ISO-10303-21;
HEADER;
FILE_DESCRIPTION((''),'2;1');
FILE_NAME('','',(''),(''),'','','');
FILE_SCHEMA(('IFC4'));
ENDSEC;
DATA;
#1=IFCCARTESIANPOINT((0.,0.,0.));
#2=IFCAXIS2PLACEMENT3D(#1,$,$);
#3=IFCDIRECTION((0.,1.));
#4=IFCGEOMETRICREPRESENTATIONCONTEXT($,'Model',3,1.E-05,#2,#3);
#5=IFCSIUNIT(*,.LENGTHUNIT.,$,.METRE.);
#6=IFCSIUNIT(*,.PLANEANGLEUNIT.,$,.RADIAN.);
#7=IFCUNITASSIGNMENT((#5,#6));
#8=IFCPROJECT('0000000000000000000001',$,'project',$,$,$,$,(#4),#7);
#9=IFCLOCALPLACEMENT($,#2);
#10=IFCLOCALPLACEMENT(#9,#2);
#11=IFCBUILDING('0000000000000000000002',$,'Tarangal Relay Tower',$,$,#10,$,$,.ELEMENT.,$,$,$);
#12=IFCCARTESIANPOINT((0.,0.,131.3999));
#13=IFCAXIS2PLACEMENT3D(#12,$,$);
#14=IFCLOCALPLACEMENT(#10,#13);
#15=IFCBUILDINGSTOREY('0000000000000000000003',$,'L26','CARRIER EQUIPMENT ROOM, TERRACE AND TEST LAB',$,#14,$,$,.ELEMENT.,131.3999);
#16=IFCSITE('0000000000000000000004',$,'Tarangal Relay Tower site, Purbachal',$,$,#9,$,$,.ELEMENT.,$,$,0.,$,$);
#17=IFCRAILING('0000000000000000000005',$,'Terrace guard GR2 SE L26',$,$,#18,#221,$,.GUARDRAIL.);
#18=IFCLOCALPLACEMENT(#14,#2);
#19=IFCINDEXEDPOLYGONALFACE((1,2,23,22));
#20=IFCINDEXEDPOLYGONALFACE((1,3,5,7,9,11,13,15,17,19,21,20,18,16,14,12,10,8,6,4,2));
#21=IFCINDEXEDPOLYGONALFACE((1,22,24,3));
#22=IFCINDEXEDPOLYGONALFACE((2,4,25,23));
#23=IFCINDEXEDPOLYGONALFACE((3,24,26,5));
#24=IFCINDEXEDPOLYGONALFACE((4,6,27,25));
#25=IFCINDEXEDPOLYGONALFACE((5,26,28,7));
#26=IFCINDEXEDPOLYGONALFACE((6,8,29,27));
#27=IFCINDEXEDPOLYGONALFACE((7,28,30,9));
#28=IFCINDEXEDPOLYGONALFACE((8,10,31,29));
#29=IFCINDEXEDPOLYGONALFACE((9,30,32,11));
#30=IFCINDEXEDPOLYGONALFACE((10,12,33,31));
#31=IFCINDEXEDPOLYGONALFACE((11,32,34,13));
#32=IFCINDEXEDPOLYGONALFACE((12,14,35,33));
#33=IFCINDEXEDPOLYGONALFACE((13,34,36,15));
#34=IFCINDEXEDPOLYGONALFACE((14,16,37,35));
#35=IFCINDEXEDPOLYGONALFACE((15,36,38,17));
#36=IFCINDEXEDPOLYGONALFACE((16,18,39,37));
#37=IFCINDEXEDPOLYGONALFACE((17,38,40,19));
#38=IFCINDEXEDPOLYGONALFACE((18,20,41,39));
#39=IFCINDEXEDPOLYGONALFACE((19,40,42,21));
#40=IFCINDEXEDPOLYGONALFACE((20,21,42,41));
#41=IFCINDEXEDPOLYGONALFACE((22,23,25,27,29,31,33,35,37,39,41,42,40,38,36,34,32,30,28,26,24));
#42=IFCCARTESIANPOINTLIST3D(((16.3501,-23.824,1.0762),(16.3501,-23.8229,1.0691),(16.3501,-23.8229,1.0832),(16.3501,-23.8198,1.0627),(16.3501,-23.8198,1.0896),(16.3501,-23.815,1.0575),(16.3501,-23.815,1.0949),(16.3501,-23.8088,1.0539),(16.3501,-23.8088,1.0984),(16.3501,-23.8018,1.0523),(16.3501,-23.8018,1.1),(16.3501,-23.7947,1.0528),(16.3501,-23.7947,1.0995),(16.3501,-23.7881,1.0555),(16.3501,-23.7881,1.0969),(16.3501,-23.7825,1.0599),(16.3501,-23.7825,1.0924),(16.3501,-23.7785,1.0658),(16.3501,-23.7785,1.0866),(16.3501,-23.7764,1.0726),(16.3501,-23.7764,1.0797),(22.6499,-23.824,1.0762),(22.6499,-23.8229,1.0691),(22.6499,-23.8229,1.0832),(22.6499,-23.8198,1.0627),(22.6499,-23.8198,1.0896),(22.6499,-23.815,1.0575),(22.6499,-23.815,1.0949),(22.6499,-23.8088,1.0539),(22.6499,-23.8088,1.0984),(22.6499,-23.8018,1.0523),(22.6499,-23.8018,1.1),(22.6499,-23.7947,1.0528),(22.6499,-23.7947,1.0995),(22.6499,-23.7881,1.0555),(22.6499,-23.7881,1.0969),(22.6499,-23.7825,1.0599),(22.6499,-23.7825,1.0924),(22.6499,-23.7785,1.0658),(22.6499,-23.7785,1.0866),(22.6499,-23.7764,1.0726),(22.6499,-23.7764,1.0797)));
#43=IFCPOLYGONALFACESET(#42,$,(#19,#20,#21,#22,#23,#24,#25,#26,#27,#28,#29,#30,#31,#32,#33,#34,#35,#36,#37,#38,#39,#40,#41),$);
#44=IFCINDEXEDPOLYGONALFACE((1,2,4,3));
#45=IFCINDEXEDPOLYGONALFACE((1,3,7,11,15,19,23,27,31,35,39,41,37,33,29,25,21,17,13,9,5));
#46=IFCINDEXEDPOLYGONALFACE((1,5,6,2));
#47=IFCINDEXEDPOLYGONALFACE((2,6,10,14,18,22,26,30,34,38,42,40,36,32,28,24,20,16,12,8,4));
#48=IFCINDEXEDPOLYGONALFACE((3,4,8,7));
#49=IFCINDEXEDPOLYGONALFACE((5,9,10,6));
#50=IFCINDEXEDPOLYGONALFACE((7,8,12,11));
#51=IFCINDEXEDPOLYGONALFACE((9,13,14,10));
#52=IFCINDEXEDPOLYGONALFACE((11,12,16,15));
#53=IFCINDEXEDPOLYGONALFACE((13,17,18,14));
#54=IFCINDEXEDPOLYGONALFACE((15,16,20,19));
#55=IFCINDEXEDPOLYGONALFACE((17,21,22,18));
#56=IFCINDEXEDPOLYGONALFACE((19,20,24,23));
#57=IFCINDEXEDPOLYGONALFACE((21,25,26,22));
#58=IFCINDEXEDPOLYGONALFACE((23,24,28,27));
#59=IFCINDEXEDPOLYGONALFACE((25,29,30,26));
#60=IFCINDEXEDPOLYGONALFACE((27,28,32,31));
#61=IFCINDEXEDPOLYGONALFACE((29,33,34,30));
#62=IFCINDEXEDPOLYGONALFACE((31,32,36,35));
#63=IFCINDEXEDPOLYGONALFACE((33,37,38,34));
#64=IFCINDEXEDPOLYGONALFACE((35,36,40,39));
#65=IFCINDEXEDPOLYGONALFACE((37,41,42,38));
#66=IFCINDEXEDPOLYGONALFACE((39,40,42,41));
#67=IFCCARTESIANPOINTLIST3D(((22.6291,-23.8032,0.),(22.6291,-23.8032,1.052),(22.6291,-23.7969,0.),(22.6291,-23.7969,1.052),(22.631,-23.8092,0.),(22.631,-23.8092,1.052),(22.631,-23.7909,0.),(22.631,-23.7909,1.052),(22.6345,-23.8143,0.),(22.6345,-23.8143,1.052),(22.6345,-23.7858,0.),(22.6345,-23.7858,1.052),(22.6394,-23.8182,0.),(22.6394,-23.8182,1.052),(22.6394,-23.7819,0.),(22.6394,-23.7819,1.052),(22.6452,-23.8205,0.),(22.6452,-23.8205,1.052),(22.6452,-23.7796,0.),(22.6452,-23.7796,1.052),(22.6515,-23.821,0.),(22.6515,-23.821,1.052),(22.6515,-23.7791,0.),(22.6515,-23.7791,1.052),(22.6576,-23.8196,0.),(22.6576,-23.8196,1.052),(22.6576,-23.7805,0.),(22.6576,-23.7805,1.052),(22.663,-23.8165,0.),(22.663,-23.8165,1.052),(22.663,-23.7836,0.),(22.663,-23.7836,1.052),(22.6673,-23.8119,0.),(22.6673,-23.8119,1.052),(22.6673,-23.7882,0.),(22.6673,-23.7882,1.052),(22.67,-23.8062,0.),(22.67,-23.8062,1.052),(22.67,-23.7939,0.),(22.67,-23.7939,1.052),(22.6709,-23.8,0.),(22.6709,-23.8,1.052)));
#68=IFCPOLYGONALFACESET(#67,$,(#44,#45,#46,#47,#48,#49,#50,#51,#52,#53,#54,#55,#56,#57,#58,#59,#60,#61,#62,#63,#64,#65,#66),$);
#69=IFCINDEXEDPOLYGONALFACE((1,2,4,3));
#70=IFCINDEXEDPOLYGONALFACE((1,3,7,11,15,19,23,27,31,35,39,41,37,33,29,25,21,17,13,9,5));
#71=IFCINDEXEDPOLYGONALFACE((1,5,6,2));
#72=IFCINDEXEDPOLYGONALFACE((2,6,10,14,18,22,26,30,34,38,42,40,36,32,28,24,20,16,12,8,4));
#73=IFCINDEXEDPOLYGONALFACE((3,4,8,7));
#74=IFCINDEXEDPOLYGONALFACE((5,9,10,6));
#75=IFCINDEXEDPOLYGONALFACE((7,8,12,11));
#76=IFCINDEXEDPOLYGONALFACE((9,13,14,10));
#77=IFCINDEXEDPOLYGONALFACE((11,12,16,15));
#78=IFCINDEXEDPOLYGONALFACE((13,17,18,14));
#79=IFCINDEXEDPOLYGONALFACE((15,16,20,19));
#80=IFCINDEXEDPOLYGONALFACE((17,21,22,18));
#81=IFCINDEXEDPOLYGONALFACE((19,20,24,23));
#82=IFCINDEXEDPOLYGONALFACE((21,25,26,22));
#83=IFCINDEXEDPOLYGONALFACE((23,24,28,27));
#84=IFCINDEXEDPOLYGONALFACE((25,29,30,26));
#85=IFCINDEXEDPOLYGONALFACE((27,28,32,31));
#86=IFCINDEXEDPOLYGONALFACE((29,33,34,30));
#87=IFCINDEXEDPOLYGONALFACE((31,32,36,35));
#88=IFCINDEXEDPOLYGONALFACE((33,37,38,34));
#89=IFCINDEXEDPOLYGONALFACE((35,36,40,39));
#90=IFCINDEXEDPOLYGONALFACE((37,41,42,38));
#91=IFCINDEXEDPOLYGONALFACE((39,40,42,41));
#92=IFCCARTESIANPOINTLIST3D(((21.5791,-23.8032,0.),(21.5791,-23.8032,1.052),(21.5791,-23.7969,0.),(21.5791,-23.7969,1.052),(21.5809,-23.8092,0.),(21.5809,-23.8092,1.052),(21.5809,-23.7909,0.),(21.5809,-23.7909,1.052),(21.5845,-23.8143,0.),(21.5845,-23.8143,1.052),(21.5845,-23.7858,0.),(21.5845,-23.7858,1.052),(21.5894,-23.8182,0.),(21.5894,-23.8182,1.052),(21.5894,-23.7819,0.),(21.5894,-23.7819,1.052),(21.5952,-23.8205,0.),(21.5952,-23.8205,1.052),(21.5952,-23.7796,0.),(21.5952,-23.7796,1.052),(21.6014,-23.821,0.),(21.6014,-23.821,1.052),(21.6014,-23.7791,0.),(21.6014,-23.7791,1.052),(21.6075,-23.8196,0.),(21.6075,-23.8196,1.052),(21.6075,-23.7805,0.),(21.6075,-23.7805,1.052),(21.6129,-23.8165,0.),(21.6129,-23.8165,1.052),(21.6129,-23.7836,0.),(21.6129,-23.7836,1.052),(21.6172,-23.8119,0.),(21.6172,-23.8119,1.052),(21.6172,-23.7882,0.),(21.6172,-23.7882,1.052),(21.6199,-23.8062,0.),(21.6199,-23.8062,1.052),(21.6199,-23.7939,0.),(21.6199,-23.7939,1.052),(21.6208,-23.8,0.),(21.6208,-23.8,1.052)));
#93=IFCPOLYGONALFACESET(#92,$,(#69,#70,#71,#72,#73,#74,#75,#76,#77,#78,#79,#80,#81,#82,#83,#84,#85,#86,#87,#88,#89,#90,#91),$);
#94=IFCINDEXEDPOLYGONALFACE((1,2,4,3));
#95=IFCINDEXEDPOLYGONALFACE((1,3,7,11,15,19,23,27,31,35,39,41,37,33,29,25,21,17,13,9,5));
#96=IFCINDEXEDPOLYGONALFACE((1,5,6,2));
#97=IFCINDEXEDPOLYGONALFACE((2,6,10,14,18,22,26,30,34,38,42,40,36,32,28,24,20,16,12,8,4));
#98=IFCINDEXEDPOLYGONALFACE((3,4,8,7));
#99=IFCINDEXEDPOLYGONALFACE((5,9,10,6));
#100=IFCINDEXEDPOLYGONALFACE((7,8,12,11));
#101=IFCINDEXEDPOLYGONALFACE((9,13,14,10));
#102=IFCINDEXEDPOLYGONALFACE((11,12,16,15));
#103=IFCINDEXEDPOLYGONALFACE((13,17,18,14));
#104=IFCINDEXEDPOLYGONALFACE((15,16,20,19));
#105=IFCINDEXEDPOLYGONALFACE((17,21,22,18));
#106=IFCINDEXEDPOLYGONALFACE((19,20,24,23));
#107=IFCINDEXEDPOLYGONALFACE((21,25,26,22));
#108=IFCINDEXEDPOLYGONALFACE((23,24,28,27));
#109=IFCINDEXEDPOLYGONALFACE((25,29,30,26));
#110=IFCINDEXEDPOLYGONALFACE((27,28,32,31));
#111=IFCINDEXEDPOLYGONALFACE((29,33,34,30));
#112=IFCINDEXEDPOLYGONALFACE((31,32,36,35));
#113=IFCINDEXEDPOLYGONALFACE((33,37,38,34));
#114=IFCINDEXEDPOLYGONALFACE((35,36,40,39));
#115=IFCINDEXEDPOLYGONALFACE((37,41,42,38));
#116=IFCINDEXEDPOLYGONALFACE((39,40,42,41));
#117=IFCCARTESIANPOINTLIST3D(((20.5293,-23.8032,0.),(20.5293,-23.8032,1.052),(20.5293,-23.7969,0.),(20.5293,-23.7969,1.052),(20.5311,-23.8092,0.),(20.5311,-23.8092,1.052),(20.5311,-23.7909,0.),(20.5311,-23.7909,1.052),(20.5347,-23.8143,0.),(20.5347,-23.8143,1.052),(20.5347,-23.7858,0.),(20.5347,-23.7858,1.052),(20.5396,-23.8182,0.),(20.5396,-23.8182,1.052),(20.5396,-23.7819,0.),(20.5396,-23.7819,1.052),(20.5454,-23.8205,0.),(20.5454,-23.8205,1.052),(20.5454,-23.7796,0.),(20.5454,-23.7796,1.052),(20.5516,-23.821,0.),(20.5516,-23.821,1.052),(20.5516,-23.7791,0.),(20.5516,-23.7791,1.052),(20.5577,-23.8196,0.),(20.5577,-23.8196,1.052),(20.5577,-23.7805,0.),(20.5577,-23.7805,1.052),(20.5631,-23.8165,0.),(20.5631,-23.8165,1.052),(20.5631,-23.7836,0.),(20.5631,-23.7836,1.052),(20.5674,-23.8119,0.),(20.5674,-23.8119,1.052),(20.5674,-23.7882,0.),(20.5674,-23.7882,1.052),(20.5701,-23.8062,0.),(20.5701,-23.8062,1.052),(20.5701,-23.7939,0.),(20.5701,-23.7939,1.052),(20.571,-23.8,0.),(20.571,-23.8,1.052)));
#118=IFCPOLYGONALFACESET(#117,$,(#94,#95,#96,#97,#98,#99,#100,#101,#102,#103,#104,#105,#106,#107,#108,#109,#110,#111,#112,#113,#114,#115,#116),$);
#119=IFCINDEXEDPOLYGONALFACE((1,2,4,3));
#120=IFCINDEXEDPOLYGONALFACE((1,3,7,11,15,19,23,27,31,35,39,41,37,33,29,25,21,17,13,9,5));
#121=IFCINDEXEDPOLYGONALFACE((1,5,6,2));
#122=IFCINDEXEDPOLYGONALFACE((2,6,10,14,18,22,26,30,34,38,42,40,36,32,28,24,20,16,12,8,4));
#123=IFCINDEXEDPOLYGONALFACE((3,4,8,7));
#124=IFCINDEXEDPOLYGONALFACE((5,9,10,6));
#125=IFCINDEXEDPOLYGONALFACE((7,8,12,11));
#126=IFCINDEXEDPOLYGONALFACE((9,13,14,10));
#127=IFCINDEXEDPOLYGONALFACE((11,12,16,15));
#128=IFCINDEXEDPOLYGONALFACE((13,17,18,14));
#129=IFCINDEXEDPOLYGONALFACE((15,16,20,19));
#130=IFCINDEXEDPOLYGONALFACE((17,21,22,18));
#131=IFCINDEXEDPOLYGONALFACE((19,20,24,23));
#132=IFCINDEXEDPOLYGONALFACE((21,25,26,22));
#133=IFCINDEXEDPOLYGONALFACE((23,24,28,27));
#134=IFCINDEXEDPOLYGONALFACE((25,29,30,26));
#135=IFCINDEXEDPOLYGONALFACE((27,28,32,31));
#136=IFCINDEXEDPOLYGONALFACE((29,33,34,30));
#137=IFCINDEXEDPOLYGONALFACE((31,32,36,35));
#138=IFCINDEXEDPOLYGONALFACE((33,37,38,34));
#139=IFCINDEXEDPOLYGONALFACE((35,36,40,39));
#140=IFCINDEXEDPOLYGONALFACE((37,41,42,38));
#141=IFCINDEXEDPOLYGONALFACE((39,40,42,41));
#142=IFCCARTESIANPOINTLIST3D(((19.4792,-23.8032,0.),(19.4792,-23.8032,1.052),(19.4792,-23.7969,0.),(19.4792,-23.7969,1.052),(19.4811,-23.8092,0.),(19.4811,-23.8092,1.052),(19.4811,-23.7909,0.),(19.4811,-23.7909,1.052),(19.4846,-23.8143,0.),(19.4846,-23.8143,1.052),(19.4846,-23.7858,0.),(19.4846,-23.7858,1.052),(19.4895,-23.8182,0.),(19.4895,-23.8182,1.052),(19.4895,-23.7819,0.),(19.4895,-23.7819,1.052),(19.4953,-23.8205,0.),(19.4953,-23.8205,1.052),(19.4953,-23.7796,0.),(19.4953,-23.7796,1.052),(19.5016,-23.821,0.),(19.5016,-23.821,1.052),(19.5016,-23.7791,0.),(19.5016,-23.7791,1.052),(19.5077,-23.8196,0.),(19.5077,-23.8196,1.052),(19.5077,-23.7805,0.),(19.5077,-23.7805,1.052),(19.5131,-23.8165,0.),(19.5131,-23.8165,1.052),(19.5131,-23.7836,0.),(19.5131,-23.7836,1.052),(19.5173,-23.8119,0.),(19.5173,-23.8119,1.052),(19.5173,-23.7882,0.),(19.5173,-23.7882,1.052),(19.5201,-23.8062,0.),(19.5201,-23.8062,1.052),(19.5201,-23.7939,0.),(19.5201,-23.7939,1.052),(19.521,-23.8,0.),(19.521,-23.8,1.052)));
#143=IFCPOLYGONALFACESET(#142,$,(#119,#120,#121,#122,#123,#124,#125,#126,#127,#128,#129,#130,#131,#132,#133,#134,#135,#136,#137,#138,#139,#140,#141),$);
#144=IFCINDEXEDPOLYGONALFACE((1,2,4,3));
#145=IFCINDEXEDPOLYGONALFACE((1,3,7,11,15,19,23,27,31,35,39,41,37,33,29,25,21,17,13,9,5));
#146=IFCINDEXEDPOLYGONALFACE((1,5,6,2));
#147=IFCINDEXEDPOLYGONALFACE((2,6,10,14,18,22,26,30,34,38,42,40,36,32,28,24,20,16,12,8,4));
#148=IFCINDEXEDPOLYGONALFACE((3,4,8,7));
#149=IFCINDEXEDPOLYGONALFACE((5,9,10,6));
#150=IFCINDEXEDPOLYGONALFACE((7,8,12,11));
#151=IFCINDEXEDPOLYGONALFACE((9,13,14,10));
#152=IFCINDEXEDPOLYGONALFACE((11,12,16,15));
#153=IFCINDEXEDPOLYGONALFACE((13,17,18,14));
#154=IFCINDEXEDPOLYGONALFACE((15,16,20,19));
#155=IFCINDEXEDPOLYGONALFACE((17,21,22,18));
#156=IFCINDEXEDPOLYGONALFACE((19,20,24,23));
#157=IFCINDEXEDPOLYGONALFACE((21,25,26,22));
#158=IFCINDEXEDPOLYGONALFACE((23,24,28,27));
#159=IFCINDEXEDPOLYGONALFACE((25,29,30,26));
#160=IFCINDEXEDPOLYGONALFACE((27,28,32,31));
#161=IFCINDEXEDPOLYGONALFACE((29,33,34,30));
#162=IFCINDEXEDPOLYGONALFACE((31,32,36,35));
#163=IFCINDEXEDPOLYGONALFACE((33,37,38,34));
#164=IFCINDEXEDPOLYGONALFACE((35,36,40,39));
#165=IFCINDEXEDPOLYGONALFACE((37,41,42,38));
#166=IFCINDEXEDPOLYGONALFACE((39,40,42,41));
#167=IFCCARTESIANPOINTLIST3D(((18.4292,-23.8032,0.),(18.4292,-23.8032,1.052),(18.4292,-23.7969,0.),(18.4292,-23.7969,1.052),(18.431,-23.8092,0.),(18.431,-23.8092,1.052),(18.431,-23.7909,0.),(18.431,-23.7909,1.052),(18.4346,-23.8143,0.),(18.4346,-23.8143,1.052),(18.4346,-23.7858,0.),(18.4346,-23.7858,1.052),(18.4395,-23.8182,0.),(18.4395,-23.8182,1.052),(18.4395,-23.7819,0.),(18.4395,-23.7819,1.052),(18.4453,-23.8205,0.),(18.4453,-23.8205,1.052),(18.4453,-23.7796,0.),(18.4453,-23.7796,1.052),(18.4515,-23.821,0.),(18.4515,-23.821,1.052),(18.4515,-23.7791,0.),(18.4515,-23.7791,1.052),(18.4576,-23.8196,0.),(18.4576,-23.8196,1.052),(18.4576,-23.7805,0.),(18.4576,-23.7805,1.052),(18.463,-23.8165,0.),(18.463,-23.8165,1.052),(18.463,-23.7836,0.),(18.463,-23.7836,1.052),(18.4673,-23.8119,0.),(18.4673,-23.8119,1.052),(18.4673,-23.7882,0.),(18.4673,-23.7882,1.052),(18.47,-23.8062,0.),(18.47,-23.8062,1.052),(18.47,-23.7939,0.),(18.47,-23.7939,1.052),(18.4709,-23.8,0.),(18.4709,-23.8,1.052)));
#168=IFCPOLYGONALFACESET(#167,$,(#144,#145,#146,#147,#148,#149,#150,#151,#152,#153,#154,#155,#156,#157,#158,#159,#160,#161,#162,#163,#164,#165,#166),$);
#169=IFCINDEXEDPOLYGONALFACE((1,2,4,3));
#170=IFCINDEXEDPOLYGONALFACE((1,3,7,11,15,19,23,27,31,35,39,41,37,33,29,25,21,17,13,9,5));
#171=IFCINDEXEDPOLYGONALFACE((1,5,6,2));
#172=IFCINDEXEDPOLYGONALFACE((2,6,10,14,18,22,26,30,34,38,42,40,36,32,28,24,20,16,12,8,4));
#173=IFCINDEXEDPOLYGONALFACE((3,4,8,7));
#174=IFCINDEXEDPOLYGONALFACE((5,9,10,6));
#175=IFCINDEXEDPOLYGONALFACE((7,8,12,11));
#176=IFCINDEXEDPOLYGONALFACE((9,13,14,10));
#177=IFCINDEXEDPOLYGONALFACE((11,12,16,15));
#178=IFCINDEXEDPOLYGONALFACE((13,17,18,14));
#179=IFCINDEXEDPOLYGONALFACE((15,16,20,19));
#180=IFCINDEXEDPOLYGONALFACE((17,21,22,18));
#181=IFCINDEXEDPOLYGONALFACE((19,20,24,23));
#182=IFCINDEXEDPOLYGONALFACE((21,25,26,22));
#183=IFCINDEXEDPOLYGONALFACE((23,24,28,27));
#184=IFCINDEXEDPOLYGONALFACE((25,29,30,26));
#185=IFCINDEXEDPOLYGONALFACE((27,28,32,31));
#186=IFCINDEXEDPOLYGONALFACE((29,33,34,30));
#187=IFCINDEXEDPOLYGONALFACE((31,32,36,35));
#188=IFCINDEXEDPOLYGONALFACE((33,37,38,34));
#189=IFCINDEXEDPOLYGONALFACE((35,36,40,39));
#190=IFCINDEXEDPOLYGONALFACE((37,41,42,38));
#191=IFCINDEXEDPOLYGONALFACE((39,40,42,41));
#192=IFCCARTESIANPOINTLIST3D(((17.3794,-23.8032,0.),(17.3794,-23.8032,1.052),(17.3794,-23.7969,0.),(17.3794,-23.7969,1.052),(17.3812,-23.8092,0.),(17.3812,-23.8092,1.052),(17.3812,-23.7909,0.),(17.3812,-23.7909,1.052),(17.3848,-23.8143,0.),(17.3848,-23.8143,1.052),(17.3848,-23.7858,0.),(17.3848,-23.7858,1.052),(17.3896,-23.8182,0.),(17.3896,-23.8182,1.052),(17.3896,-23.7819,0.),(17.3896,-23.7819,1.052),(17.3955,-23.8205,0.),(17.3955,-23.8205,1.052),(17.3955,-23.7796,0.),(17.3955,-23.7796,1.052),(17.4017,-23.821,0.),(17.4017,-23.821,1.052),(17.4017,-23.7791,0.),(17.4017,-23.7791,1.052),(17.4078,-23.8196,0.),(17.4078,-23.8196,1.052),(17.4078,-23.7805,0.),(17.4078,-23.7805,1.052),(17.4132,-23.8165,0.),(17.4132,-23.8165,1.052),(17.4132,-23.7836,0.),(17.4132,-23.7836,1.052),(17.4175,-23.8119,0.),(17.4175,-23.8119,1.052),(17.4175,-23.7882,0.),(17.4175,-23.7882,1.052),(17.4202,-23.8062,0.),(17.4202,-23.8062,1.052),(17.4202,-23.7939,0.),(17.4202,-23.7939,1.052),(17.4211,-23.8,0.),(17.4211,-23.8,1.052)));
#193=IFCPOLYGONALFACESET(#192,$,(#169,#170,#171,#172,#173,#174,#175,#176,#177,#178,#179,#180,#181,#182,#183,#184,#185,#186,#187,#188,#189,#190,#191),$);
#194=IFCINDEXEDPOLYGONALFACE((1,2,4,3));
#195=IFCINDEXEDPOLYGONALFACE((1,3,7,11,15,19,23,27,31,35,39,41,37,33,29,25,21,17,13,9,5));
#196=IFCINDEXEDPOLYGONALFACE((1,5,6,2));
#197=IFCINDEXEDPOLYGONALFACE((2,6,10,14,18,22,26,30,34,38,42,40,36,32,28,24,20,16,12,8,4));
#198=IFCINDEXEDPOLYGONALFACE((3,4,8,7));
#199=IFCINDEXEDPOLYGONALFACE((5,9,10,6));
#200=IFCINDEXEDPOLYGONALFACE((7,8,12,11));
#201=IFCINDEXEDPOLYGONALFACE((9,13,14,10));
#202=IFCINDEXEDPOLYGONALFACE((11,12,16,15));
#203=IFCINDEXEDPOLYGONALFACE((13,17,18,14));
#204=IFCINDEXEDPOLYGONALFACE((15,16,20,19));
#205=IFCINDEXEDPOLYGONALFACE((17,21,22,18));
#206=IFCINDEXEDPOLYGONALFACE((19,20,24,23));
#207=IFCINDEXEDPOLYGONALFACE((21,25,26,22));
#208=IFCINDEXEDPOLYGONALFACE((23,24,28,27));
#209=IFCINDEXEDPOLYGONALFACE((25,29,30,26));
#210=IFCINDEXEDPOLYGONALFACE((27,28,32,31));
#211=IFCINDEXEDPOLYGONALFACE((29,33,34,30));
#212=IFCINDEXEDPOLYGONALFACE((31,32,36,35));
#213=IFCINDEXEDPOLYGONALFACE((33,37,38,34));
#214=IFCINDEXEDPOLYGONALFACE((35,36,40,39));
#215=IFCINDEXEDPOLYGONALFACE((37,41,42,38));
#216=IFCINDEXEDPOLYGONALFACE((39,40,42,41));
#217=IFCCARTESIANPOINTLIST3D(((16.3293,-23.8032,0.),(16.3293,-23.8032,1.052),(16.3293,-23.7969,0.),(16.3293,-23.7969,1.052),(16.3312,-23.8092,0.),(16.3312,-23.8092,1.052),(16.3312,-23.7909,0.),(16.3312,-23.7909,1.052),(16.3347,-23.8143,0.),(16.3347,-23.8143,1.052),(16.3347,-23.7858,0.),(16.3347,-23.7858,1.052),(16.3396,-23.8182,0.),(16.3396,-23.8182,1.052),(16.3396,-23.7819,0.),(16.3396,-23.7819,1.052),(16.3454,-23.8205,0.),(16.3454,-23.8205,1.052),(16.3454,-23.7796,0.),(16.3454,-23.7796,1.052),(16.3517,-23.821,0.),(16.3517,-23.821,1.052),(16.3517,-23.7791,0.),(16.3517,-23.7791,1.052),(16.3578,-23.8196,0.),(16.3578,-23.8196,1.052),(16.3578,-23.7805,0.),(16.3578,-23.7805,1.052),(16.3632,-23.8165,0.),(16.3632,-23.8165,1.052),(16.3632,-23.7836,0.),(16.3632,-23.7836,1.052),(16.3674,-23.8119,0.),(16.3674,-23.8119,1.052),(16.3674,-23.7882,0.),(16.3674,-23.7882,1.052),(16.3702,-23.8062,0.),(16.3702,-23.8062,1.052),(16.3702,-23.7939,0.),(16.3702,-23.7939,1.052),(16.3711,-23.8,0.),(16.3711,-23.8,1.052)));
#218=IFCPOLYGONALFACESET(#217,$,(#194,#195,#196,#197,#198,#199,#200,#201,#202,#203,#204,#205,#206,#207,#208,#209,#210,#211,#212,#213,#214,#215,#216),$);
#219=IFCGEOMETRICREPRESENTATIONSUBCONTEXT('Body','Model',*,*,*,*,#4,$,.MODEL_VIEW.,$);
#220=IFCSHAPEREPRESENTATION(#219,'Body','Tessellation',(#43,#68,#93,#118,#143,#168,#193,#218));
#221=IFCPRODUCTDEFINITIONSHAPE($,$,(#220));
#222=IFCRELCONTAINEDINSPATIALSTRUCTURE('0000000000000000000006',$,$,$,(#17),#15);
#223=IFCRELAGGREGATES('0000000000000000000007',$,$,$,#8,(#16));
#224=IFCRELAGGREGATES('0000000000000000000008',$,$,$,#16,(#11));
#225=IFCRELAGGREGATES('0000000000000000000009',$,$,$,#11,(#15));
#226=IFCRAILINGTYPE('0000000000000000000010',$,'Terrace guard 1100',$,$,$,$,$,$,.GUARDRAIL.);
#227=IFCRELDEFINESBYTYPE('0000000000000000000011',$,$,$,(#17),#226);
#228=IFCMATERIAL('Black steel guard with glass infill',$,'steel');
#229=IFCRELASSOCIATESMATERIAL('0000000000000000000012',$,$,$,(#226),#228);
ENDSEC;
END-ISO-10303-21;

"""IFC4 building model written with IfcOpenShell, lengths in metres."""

from ifc_helpers import new_model, si_unit, direction, frame, origin, origin_2d, place, context, subcontext, project, spatial, circle, extrude, material, type_object, element, save


model = new_model("IFC4")

# Units and contexts
model_context = context("Model", 3, precision=1e-05, world=origin(), true_north=direction((0.0, 1.0)))
body_context = subcontext(model_context, "Body", "Model", "MODEL_VIEW")
ifc_project = project(units=[si_unit("LENGTHUNIT", "METRE"), si_unit("PLANEANGLEUNIT", "RADIAN")], contexts=[model_context])

# Site, building, storey
site_placement = place(None, origin())
site = spatial("IfcSite", under=ifc_project, at=site_placement, Name="Tarangal Relay Tower site, Purbachal", CompositionType="ELEMENT", RefElevation=0.0)
building_placement = place(site_placement, origin())
building = spatial("IfcBuilding", under=site, at=building_placement, Name="Tarangal Relay Tower", CompositionType="ELEMENT")
storey_placement = place(building_placement, frame((0.0, 0.0, 131.3999)))
storey = spatial("IfcBuildingStorey", under=building, at=storey_placement, Name="L26", Description="CARRIER EQUIPMENT ROOM, TERRACE AND TEST LAB", CompositionType="ELEMENT", Elevation=131.3999)

# Railing
ifc_material_1 = material(Name="Black steel guard with glass infill", Category="steel")
railing_type = type_object("IfcRailingType", Name="Terrace guard 1100", PredefinedType="GUARDRAIL", material=ifc_material_1)
railing_1_placement = place(storey_placement, frame((22.6499, -23.8, 0.0)))
element("IfcRailing", 1, at=railing_1_placement, inside=storey, type_object=railing_type, Name="Terrace guard GR2 SE L26", PredefinedType="GUARDRAIL", context=body_context, shape_type="SweptSolid", body=[
    extrude(circle(Radius=0.0239, at=origin_2d()), frame((0.0, 0.0, 1.0762), z_axis=(-1.0, 0.0, 0.0), x_axis=(0.0, -1.0, 0.0)), (0.0, 0.0, 1.0), 6.2998),
    extrude(circle(Radius=0.021, at=origin_2d()), origin(), (0.0, 0.0, 1.0), 1.052),
    extrude(circle(Radius=0.021, at=origin_2d()), frame((-1.05, 0.0, 0.0)), (0.0, 0.0, 1.0), 1.052),
    extrude(circle(Radius=0.021, at=origin_2d()), frame((-2.0999, 0.0, 0.0)), (0.0, 0.0, 1.0), 1.052),
    extrude(circle(Radius=0.021, at=origin_2d()), frame((-3.1499, 0.0, 0.0)), (0.0, 0.0, 1.0), 1.052),
    extrude(circle(Radius=0.021, at=origin_2d()), frame((-4.2, 0.0, 0.0)), (0.0, 0.0, 1.0), 1.052),
    extrude(circle(Radius=0.021, at=origin_2d()), frame((-5.2498, 0.0, 0.0)), (0.0, 0.0, 1.0), 1.052),
    extrude(circle(Radius=0.021, at=origin_2d()), frame((-6.2998, 0.0, 0.0)), (0.0, 0.0, 1.0), 1.052),
])

save(model, "model.ifc")
